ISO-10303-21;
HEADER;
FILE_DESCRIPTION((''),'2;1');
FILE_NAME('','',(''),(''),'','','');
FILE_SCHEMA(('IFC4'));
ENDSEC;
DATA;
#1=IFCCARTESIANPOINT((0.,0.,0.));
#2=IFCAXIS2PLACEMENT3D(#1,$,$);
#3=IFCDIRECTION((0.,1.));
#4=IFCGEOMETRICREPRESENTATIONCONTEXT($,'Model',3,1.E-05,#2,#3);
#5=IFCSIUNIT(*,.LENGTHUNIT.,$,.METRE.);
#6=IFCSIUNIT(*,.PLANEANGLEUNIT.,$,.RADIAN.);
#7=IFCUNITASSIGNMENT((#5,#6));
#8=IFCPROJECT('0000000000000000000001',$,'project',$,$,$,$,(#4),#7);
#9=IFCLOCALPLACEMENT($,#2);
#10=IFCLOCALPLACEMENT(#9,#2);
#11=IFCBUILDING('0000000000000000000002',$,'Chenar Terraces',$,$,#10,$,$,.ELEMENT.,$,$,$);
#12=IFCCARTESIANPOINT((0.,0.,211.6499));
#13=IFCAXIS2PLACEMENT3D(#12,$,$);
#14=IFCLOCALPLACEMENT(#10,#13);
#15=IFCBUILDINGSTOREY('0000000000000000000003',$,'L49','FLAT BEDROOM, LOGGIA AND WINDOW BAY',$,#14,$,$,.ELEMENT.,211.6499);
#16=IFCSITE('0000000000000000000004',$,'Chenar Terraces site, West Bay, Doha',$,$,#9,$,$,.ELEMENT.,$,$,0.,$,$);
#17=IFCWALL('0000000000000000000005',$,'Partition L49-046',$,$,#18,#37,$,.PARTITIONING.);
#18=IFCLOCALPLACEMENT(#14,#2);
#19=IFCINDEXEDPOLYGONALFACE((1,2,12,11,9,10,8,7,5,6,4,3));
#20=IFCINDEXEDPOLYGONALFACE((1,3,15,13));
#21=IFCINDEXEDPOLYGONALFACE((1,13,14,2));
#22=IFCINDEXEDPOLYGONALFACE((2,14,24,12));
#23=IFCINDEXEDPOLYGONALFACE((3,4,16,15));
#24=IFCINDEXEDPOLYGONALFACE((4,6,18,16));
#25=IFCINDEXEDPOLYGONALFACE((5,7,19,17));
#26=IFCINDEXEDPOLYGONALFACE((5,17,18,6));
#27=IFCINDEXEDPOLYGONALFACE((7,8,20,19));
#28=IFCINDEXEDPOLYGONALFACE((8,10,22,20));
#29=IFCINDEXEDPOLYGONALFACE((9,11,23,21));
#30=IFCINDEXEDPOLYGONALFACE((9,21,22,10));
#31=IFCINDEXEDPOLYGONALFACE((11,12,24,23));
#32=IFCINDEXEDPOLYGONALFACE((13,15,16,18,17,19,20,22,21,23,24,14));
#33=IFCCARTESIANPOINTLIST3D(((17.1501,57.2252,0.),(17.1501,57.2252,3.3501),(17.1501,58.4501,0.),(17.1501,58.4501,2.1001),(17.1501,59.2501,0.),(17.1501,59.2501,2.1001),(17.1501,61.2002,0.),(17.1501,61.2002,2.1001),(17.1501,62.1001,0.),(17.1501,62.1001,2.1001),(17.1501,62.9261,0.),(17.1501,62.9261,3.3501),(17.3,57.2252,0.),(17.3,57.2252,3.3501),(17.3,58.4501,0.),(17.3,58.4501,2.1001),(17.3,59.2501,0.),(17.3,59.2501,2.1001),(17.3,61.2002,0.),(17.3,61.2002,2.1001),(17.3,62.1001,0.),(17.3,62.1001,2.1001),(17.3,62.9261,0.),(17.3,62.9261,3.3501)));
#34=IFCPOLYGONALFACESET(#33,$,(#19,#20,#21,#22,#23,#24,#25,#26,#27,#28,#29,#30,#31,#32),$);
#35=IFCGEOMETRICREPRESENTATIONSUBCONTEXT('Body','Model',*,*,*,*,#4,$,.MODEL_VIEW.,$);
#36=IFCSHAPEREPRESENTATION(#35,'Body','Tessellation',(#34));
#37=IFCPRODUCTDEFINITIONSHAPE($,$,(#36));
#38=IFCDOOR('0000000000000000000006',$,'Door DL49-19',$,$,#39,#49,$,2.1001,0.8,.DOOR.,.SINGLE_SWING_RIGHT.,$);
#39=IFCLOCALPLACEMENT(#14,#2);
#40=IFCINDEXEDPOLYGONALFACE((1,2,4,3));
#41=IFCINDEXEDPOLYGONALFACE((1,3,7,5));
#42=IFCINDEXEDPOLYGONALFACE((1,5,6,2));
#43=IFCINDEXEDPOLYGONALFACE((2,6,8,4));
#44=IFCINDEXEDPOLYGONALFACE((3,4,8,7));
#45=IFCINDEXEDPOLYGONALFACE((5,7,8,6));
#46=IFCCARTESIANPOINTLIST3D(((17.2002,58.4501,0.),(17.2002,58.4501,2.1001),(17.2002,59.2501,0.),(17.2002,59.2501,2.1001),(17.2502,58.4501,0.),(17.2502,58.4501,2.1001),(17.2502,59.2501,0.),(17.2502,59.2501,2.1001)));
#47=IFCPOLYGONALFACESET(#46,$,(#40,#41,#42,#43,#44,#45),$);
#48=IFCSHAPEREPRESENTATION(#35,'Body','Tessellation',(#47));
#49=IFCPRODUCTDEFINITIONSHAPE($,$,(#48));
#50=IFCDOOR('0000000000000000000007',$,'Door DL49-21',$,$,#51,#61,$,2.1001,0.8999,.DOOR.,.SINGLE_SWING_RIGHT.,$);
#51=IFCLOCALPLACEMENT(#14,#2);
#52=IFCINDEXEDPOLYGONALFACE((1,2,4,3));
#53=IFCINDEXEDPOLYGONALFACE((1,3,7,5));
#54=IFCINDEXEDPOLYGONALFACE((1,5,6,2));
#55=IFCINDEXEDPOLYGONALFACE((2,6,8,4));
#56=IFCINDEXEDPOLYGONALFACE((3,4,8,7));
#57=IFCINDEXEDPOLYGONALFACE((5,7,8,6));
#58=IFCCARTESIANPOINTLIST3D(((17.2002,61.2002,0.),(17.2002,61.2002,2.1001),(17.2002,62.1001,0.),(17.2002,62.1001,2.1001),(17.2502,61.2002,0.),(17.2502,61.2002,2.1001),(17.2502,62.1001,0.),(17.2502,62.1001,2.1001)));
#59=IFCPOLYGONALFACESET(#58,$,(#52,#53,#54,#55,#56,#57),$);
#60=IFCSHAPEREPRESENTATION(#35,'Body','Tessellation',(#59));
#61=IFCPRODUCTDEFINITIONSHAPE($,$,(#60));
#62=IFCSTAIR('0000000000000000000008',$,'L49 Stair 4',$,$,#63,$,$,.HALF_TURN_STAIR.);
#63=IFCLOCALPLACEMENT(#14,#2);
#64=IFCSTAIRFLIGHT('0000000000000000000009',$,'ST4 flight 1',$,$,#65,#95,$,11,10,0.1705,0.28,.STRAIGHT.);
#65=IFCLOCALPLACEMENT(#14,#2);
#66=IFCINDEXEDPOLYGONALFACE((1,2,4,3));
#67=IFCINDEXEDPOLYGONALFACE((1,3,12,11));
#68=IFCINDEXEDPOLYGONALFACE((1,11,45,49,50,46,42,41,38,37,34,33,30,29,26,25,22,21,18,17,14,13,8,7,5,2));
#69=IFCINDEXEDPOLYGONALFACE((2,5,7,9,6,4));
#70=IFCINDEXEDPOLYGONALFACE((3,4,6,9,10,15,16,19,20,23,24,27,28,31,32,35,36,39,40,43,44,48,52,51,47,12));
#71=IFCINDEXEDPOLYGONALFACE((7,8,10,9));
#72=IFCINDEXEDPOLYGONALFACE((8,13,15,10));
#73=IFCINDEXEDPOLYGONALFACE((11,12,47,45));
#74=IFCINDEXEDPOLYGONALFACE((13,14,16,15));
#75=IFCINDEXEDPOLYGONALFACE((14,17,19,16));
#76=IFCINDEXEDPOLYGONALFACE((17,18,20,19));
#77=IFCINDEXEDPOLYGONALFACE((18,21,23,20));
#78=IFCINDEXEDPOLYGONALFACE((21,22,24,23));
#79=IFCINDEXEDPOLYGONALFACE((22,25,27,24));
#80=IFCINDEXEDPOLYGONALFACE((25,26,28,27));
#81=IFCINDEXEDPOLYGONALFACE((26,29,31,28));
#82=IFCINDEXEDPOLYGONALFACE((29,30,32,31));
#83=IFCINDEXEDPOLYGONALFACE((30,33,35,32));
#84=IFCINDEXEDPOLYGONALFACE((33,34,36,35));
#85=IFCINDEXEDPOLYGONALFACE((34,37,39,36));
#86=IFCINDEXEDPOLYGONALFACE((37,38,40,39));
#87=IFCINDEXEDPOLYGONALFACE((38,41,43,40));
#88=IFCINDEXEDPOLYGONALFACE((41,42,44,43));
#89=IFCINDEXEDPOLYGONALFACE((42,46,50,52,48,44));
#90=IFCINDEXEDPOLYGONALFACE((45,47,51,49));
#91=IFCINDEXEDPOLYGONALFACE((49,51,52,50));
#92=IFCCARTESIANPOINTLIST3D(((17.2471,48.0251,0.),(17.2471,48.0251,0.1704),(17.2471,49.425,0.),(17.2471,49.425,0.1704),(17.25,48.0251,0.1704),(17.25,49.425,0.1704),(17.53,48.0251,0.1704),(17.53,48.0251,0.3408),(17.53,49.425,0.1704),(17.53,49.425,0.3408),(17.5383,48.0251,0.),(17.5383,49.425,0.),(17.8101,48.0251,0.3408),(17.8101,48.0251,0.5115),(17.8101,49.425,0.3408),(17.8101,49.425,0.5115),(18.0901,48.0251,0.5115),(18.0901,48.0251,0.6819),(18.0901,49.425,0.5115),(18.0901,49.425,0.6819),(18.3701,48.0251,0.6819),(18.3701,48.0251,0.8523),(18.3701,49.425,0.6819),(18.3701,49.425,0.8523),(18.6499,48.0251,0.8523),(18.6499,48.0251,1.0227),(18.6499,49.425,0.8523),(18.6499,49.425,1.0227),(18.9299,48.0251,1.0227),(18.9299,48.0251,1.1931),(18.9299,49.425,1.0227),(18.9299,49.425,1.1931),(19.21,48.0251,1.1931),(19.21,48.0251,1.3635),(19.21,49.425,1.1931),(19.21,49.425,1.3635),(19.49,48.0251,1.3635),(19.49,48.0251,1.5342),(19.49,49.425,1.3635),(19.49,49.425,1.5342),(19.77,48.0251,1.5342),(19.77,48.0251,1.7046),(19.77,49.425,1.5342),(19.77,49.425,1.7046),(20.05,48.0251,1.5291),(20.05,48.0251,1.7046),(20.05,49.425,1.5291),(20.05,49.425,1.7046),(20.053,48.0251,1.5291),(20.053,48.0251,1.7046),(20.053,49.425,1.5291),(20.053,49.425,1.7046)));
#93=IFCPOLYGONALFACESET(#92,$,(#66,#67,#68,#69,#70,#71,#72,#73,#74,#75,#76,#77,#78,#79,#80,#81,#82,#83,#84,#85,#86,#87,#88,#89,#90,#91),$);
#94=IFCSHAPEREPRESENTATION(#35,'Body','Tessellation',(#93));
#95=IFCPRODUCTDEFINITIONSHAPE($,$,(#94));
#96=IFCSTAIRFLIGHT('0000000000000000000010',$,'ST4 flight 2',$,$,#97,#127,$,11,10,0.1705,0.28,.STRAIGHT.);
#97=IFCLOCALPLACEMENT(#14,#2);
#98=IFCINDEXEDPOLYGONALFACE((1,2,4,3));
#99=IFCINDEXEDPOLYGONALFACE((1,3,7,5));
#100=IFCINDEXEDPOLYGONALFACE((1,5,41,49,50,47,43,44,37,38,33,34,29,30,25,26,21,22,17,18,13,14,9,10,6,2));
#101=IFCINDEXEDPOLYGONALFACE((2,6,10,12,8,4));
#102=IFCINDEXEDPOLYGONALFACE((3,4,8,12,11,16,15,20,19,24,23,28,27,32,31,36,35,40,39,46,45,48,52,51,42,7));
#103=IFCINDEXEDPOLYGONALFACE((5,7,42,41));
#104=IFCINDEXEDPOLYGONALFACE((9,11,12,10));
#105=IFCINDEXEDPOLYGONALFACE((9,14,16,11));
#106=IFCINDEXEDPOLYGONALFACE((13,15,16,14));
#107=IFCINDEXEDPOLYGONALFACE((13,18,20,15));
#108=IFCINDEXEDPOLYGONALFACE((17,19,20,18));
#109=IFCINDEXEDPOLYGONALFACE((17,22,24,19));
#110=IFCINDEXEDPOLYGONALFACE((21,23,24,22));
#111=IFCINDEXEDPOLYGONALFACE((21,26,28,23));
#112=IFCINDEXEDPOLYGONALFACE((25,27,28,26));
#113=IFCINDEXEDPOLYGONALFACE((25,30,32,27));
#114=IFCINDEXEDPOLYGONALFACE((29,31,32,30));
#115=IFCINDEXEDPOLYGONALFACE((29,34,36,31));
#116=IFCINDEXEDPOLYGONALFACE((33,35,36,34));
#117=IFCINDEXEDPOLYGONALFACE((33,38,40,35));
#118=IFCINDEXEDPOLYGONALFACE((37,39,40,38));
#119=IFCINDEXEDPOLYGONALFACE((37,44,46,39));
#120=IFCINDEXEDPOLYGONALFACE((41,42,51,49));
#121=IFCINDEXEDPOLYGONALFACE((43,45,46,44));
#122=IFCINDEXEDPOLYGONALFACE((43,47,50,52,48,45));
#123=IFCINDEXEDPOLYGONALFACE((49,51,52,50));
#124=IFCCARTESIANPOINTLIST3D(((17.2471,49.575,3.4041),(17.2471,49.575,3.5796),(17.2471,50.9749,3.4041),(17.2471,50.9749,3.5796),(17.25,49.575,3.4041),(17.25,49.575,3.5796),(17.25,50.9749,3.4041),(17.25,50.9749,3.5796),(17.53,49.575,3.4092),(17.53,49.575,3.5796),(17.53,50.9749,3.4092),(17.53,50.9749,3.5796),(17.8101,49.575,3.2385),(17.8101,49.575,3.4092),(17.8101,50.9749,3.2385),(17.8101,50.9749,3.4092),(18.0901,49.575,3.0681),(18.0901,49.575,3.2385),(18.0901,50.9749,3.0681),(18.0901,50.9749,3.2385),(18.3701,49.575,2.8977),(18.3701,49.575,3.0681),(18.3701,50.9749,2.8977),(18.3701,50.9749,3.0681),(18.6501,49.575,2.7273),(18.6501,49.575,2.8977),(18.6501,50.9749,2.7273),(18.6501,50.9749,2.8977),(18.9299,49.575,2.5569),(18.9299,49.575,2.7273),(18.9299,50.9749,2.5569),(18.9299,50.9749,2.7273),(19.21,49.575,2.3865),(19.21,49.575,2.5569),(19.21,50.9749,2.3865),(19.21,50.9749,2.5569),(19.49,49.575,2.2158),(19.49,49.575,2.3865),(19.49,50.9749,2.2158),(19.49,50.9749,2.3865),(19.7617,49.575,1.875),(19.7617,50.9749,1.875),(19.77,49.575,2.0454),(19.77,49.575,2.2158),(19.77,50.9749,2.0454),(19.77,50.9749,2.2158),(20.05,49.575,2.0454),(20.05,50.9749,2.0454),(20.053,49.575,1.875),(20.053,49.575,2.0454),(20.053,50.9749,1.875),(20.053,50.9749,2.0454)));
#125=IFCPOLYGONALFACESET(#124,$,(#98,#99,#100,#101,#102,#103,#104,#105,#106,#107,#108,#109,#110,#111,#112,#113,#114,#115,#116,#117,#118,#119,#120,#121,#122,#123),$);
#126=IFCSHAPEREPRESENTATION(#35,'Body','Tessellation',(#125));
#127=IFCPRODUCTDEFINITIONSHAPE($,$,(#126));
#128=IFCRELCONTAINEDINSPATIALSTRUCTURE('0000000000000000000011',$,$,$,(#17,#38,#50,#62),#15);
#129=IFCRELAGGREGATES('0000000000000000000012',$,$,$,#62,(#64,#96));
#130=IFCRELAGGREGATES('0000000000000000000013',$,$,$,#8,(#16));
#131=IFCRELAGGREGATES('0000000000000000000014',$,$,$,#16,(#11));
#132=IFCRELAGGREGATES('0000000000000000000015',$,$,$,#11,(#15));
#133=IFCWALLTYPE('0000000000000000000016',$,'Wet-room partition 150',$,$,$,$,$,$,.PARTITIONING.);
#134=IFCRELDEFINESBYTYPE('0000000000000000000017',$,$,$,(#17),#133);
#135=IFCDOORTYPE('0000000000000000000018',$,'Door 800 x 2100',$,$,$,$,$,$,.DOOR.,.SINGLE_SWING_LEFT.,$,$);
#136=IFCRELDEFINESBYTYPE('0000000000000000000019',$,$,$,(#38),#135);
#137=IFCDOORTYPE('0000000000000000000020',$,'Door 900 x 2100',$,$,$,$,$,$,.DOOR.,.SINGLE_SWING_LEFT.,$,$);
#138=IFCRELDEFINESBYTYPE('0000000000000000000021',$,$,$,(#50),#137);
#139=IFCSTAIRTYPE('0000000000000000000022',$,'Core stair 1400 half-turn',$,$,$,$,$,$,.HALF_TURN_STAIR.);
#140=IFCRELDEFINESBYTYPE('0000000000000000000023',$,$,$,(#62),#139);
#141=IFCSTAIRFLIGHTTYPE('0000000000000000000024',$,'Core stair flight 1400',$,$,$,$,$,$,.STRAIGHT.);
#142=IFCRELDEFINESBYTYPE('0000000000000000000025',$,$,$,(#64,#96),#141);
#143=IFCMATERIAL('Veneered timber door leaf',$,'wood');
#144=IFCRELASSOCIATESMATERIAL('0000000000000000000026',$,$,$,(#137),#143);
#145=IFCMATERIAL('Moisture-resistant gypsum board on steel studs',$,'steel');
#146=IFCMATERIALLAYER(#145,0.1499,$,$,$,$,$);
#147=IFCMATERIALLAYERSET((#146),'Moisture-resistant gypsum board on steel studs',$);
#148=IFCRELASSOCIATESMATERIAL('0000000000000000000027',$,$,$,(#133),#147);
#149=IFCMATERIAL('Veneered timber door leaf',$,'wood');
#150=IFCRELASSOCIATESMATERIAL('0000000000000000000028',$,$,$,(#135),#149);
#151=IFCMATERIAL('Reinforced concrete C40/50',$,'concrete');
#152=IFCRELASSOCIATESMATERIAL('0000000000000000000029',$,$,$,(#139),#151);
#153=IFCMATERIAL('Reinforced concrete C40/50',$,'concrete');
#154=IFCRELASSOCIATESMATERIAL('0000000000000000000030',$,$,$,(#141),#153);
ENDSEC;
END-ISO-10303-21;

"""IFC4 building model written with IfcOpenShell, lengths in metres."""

from ifc_helpers import new_model, si_unit, direction, frame, frame_2d, origin, place, context, subcontext, project, spatial, polyline, rectangle, outline, extrude, material, layer, layer_set, type_object, element, fill, aggregate, save


model = new_model("IFC4")

# Units and contexts
model_context = context("Model", 3, precision=1e-05, world=origin(), true_north=direction((0.0, 1.0)))
body_context = subcontext(model_context, "Body", "Model", "MODEL_VIEW")
ifc_project = project(units=[si_unit("LENGTHUNIT", "METRE"), si_unit("PLANEANGLEUNIT", "RADIAN")], contexts=[model_context])

# Site, building, storey
site_placement = place(None, origin())
site = spatial("IfcSite", under=ifc_project, at=site_placement, Name="Chenar Terraces site, West Bay, Doha", CompositionType="ELEMENT", RefElevation=0.0)
building_placement = place(site_placement, origin())
building = spatial("IfcBuilding", under=site, at=building_placement, Name="Chenar Terraces", CompositionType="ELEMENT")
storey_placement = place(building_placement, frame((0.0, 0.0, 211.6499)))
storey = spatial("IfcBuildingStorey", under=building, at=storey_placement, Name="L49", Description="FLAT BEDROOM, LOGGIA AND WINDOW BAY", CompositionType="ELEMENT", Elevation=211.6499)

# Shared definitions
ifc_material_1 = material(Name="Veneered timber door leaf", Category="wood")
door_type_1 = type_object("IfcDoorType", Name="Door 900 x 2100", OperationType="SINGLE_SWING_LEFT", PredefinedType="DOOR", material=ifc_material_1)

# Shared definitions
ifc_material_2 = material(Name="Moisture-resistant gypsum board on steel studs", Category="steel")
ifc_layer_1 = layer(ifc_material_2, 0.1499)
ifc_layer_set_1 = layer_set([ifc_layer_1], Name="Moisture-resistant gypsum board on steel studs")
wall_type_1 = type_object("IfcWallType", Name="Wet-room partition 150", PredefinedType="PARTITIONING", material=ifc_layer_set_1)

# Wall, openings, doors
wall_1_placement = place(storey_placement, frame((17.2251, 57.2251, 0.0), z_axis=(0.0, 0.0, 1.0), x_axis=(0.0, 1.0, 0.0)))
wall_1 = element("IfcWall", 1, at=wall_1_placement, inside=storey, type_object=wall_type_1, Name="Partition L49-046", PredefinedType="PARTITIONING", context=body_context, shape_type="SweptSolid", body=[
    extrude(rectangle(XDim=5.7009, YDim=0.1499, at=frame_2d((2.8506, 0.0))), origin(), (0.0, 0.0, 1.0), 3.3501),
])
opening_1_placement = place(wall_1_placement, frame((1.2251, 0.0, 0.0)))
opening_1 = element("IfcOpeningElement", 2, at=opening_1_placement, cuts=wall_1, PredefinedType="OPENING", context=body_context, shape_type="SweptSolid", body=[
    extrude(rectangle(XDim=0.8, YDim=2.1001, at=frame_2d((0.3999, 1.05))), frame((0.0, 0.085, 0.0), z_axis=(0.0, -1.0, 0.0), x_axis=(1.0, 0.0, 0.0)), (0.0, 0.0, 1.0), 0.1699),
])
opening_2_placement = place(wall_1_placement, frame((3.9751, 0.0, 0.0)))
opening_2 = element("IfcOpeningElement", 3, at=opening_2_placement, cuts=wall_1, PredefinedType="OPENING", context=body_context, shape_type="SweptSolid", body=[
    extrude(rectangle(XDim=0.8999, YDim=2.1001, at=frame_2d((0.45, 1.05))), frame((0.0, 0.085, 0.0), z_axis=(0.0, -1.0, 0.0), x_axis=(1.0, 0.0, 0.0)), (0.0, 0.0, 1.0), 0.1699),
])
ifc_material_3 = material(Name="Veneered timber door leaf", Category="wood")
door_type_2 = type_object("IfcDoorType", Name="Door 800 x 2100", OperationType="SINGLE_SWING_LEFT", PredefinedType="DOOR", material=ifc_material_3)
door_1_placement = place(opening_1_placement, origin())
door_1 = element("IfcDoor", 4, at=door_1_placement, inside=storey, type_object=door_type_2, Name="Door DL49-19", OperationType="SINGLE_SWING_RIGHT", OverallHeight=2.1001, OverallWidth=0.8, PredefinedType="DOOR", context=body_context, shape_type="SweptSolid", body=[
    extrude(rectangle(XDim=0.8, YDim=2.1001, at=frame_2d((0.3999, 1.05))), frame((0.0, 0.0249, 0.0), z_axis=(0.0, -1.0, 0.0), x_axis=(1.0, 0.0, 0.0)), (0.0, 0.0, 1.0), 0.05),
])
fill(opening_1, door_1)
door_2_placement = place(opening_2_placement, origin())
door_2 = element("IfcDoor", 5, at=door_2_placement, inside=storey, type_object=door_type_1, Name="Door DL49-21", OperationType="SINGLE_SWING_RIGHT", OverallHeight=2.1001, OverallWidth=0.8999, PredefinedType="DOOR", context=body_context, shape_type="SweptSolid", body=[
    extrude(rectangle(XDim=0.8999, YDim=2.1001, at=frame_2d((0.45, 1.05))), frame((0.0, 0.0249, 0.0), z_axis=(0.0, -1.0, 0.0), x_axis=(1.0, 0.0, 0.0)), (0.0, 0.0, 1.0), 0.05),
])
fill(opening_2, door_2)

# Stair, stair flights
ifc_material_4 = material(Name="Reinforced concrete C40/50", Category="concrete")
stair_type = type_object("IfcStairType", Name="Core stair 1400 half-turn", PredefinedType="HALF_TURN_STAIR", material=ifc_material_4)
stair_placement = place(storey_placement, origin())
stair = element("IfcStair", 6, at=stair_placement, inside=storey, type_object=stair_type, Name="L49 Stair 4", PredefinedType="HALF_TURN_STAIR")
ifc_material_5 = material(Name="Reinforced concrete C40/50", Category="concrete")
stair_flight_type = type_object("IfcStairFlightType", Name="Core stair flight 1400", PredefinedType="STRAIGHT", material=ifc_material_5)
stair_flight_1_placement = place(storey_placement, frame((17.25, 48.7251, 0.0), z_axis=(0.0, 0.0, 1.0), x_axis=(1.0, 0.0, 0.0)))
stair_flight_1 = element("IfcStairFlight", 7, at=stair_flight_1_placement, type_object=stair_flight_type, Name="ST4 flight 1", NumberOfRisers=11, NumberOfTreads=10, PredefinedType="STRAIGHT", RiserHeight=0.1705, TreadLength=0.28, context=body_context, shape_type="SweptSolid", body=[
    extrude(outline(polyline([(-0.0029, 0.0), (-0.0029, 0.1704), (0.0, 0.1704), (0.28, 0.1704), (0.28, 0.3408), (0.5601, 0.3408), (0.5601, 0.5115), (0.8401, 0.5115), (0.8401, 0.6819), (1.1201, 0.6819), (1.1201, 0.8523), (1.3999, 0.8523), (1.3999, 1.0227), (1.6799, 1.0227), (1.6799, 1.1931), (1.96, 1.1931), (1.96, 1.3635), (2.24, 1.3635), (2.24, 1.5342), (2.52, 1.5342), (2.52, 1.7046), (2.8, 1.7046), (2.803, 1.7046), (2.803, 1.5291), (2.8, 1.5291), (0.2883, 0.0), (-0.0029, 0.0)])), frame((0.0, 0.7, 0.0), z_axis=(0.0, -1.0, 0.0), x_axis=(1.0, 0.0, 0.0)), (0.0, 0.0, 1.0), 1.3999),
])
stair_flight_2_placement = place(storey_placement, frame((20.05, 50.2749, 1.875), z_axis=(0.0, 0.0, 1.0), x_axis=(-1.0, 0.0, 0.0)))
stair_flight_2 = element("IfcStairFlight", 8, at=stair_flight_2_placement, type_object=stair_flight_type, Name="ST4 flight 2", NumberOfRisers=11, NumberOfTreads=10, PredefinedType="STRAIGHT", RiserHeight=0.1705, TreadLength=0.28, context=body_context, shape_type="SweptSolid", body=[
    extrude(outline(polyline([(-0.0029, 0.0), (-0.0029, 0.1704), (0.0, 0.1704), (0.28, 0.1704), (0.28, 0.3408), (0.5601, 0.3408), (0.5601, 0.5115), (0.8401, 0.5115), (0.8401, 0.6819), (1.1201, 0.6819), (1.1201, 0.8523), (1.3999, 0.8523), (1.3999, 1.0227), (1.6799, 1.0227), (1.6799, 1.1931), (1.96, 1.1931), (1.96, 1.3635), (2.24, 1.3635), (2.24, 1.5342), (2.52, 1.5342), (2.52, 1.7046), (2.8, 1.7046), (2.803, 1.7046), (2.803, 1.5291), (2.8, 1.5291), (0.2883, 0.0), (-0.0029, 0.0)])), frame((0.0, 0.7, 0.0), z_axis=(0.0, -1.0, 0.0), x_axis=(1.0, 0.0, 0.0)), (0.0, 0.0, 1.0), 1.3999),
])
aggregate(stair, [stair_flight_1, stair_flight_2])

save(model, "model.ifc")
